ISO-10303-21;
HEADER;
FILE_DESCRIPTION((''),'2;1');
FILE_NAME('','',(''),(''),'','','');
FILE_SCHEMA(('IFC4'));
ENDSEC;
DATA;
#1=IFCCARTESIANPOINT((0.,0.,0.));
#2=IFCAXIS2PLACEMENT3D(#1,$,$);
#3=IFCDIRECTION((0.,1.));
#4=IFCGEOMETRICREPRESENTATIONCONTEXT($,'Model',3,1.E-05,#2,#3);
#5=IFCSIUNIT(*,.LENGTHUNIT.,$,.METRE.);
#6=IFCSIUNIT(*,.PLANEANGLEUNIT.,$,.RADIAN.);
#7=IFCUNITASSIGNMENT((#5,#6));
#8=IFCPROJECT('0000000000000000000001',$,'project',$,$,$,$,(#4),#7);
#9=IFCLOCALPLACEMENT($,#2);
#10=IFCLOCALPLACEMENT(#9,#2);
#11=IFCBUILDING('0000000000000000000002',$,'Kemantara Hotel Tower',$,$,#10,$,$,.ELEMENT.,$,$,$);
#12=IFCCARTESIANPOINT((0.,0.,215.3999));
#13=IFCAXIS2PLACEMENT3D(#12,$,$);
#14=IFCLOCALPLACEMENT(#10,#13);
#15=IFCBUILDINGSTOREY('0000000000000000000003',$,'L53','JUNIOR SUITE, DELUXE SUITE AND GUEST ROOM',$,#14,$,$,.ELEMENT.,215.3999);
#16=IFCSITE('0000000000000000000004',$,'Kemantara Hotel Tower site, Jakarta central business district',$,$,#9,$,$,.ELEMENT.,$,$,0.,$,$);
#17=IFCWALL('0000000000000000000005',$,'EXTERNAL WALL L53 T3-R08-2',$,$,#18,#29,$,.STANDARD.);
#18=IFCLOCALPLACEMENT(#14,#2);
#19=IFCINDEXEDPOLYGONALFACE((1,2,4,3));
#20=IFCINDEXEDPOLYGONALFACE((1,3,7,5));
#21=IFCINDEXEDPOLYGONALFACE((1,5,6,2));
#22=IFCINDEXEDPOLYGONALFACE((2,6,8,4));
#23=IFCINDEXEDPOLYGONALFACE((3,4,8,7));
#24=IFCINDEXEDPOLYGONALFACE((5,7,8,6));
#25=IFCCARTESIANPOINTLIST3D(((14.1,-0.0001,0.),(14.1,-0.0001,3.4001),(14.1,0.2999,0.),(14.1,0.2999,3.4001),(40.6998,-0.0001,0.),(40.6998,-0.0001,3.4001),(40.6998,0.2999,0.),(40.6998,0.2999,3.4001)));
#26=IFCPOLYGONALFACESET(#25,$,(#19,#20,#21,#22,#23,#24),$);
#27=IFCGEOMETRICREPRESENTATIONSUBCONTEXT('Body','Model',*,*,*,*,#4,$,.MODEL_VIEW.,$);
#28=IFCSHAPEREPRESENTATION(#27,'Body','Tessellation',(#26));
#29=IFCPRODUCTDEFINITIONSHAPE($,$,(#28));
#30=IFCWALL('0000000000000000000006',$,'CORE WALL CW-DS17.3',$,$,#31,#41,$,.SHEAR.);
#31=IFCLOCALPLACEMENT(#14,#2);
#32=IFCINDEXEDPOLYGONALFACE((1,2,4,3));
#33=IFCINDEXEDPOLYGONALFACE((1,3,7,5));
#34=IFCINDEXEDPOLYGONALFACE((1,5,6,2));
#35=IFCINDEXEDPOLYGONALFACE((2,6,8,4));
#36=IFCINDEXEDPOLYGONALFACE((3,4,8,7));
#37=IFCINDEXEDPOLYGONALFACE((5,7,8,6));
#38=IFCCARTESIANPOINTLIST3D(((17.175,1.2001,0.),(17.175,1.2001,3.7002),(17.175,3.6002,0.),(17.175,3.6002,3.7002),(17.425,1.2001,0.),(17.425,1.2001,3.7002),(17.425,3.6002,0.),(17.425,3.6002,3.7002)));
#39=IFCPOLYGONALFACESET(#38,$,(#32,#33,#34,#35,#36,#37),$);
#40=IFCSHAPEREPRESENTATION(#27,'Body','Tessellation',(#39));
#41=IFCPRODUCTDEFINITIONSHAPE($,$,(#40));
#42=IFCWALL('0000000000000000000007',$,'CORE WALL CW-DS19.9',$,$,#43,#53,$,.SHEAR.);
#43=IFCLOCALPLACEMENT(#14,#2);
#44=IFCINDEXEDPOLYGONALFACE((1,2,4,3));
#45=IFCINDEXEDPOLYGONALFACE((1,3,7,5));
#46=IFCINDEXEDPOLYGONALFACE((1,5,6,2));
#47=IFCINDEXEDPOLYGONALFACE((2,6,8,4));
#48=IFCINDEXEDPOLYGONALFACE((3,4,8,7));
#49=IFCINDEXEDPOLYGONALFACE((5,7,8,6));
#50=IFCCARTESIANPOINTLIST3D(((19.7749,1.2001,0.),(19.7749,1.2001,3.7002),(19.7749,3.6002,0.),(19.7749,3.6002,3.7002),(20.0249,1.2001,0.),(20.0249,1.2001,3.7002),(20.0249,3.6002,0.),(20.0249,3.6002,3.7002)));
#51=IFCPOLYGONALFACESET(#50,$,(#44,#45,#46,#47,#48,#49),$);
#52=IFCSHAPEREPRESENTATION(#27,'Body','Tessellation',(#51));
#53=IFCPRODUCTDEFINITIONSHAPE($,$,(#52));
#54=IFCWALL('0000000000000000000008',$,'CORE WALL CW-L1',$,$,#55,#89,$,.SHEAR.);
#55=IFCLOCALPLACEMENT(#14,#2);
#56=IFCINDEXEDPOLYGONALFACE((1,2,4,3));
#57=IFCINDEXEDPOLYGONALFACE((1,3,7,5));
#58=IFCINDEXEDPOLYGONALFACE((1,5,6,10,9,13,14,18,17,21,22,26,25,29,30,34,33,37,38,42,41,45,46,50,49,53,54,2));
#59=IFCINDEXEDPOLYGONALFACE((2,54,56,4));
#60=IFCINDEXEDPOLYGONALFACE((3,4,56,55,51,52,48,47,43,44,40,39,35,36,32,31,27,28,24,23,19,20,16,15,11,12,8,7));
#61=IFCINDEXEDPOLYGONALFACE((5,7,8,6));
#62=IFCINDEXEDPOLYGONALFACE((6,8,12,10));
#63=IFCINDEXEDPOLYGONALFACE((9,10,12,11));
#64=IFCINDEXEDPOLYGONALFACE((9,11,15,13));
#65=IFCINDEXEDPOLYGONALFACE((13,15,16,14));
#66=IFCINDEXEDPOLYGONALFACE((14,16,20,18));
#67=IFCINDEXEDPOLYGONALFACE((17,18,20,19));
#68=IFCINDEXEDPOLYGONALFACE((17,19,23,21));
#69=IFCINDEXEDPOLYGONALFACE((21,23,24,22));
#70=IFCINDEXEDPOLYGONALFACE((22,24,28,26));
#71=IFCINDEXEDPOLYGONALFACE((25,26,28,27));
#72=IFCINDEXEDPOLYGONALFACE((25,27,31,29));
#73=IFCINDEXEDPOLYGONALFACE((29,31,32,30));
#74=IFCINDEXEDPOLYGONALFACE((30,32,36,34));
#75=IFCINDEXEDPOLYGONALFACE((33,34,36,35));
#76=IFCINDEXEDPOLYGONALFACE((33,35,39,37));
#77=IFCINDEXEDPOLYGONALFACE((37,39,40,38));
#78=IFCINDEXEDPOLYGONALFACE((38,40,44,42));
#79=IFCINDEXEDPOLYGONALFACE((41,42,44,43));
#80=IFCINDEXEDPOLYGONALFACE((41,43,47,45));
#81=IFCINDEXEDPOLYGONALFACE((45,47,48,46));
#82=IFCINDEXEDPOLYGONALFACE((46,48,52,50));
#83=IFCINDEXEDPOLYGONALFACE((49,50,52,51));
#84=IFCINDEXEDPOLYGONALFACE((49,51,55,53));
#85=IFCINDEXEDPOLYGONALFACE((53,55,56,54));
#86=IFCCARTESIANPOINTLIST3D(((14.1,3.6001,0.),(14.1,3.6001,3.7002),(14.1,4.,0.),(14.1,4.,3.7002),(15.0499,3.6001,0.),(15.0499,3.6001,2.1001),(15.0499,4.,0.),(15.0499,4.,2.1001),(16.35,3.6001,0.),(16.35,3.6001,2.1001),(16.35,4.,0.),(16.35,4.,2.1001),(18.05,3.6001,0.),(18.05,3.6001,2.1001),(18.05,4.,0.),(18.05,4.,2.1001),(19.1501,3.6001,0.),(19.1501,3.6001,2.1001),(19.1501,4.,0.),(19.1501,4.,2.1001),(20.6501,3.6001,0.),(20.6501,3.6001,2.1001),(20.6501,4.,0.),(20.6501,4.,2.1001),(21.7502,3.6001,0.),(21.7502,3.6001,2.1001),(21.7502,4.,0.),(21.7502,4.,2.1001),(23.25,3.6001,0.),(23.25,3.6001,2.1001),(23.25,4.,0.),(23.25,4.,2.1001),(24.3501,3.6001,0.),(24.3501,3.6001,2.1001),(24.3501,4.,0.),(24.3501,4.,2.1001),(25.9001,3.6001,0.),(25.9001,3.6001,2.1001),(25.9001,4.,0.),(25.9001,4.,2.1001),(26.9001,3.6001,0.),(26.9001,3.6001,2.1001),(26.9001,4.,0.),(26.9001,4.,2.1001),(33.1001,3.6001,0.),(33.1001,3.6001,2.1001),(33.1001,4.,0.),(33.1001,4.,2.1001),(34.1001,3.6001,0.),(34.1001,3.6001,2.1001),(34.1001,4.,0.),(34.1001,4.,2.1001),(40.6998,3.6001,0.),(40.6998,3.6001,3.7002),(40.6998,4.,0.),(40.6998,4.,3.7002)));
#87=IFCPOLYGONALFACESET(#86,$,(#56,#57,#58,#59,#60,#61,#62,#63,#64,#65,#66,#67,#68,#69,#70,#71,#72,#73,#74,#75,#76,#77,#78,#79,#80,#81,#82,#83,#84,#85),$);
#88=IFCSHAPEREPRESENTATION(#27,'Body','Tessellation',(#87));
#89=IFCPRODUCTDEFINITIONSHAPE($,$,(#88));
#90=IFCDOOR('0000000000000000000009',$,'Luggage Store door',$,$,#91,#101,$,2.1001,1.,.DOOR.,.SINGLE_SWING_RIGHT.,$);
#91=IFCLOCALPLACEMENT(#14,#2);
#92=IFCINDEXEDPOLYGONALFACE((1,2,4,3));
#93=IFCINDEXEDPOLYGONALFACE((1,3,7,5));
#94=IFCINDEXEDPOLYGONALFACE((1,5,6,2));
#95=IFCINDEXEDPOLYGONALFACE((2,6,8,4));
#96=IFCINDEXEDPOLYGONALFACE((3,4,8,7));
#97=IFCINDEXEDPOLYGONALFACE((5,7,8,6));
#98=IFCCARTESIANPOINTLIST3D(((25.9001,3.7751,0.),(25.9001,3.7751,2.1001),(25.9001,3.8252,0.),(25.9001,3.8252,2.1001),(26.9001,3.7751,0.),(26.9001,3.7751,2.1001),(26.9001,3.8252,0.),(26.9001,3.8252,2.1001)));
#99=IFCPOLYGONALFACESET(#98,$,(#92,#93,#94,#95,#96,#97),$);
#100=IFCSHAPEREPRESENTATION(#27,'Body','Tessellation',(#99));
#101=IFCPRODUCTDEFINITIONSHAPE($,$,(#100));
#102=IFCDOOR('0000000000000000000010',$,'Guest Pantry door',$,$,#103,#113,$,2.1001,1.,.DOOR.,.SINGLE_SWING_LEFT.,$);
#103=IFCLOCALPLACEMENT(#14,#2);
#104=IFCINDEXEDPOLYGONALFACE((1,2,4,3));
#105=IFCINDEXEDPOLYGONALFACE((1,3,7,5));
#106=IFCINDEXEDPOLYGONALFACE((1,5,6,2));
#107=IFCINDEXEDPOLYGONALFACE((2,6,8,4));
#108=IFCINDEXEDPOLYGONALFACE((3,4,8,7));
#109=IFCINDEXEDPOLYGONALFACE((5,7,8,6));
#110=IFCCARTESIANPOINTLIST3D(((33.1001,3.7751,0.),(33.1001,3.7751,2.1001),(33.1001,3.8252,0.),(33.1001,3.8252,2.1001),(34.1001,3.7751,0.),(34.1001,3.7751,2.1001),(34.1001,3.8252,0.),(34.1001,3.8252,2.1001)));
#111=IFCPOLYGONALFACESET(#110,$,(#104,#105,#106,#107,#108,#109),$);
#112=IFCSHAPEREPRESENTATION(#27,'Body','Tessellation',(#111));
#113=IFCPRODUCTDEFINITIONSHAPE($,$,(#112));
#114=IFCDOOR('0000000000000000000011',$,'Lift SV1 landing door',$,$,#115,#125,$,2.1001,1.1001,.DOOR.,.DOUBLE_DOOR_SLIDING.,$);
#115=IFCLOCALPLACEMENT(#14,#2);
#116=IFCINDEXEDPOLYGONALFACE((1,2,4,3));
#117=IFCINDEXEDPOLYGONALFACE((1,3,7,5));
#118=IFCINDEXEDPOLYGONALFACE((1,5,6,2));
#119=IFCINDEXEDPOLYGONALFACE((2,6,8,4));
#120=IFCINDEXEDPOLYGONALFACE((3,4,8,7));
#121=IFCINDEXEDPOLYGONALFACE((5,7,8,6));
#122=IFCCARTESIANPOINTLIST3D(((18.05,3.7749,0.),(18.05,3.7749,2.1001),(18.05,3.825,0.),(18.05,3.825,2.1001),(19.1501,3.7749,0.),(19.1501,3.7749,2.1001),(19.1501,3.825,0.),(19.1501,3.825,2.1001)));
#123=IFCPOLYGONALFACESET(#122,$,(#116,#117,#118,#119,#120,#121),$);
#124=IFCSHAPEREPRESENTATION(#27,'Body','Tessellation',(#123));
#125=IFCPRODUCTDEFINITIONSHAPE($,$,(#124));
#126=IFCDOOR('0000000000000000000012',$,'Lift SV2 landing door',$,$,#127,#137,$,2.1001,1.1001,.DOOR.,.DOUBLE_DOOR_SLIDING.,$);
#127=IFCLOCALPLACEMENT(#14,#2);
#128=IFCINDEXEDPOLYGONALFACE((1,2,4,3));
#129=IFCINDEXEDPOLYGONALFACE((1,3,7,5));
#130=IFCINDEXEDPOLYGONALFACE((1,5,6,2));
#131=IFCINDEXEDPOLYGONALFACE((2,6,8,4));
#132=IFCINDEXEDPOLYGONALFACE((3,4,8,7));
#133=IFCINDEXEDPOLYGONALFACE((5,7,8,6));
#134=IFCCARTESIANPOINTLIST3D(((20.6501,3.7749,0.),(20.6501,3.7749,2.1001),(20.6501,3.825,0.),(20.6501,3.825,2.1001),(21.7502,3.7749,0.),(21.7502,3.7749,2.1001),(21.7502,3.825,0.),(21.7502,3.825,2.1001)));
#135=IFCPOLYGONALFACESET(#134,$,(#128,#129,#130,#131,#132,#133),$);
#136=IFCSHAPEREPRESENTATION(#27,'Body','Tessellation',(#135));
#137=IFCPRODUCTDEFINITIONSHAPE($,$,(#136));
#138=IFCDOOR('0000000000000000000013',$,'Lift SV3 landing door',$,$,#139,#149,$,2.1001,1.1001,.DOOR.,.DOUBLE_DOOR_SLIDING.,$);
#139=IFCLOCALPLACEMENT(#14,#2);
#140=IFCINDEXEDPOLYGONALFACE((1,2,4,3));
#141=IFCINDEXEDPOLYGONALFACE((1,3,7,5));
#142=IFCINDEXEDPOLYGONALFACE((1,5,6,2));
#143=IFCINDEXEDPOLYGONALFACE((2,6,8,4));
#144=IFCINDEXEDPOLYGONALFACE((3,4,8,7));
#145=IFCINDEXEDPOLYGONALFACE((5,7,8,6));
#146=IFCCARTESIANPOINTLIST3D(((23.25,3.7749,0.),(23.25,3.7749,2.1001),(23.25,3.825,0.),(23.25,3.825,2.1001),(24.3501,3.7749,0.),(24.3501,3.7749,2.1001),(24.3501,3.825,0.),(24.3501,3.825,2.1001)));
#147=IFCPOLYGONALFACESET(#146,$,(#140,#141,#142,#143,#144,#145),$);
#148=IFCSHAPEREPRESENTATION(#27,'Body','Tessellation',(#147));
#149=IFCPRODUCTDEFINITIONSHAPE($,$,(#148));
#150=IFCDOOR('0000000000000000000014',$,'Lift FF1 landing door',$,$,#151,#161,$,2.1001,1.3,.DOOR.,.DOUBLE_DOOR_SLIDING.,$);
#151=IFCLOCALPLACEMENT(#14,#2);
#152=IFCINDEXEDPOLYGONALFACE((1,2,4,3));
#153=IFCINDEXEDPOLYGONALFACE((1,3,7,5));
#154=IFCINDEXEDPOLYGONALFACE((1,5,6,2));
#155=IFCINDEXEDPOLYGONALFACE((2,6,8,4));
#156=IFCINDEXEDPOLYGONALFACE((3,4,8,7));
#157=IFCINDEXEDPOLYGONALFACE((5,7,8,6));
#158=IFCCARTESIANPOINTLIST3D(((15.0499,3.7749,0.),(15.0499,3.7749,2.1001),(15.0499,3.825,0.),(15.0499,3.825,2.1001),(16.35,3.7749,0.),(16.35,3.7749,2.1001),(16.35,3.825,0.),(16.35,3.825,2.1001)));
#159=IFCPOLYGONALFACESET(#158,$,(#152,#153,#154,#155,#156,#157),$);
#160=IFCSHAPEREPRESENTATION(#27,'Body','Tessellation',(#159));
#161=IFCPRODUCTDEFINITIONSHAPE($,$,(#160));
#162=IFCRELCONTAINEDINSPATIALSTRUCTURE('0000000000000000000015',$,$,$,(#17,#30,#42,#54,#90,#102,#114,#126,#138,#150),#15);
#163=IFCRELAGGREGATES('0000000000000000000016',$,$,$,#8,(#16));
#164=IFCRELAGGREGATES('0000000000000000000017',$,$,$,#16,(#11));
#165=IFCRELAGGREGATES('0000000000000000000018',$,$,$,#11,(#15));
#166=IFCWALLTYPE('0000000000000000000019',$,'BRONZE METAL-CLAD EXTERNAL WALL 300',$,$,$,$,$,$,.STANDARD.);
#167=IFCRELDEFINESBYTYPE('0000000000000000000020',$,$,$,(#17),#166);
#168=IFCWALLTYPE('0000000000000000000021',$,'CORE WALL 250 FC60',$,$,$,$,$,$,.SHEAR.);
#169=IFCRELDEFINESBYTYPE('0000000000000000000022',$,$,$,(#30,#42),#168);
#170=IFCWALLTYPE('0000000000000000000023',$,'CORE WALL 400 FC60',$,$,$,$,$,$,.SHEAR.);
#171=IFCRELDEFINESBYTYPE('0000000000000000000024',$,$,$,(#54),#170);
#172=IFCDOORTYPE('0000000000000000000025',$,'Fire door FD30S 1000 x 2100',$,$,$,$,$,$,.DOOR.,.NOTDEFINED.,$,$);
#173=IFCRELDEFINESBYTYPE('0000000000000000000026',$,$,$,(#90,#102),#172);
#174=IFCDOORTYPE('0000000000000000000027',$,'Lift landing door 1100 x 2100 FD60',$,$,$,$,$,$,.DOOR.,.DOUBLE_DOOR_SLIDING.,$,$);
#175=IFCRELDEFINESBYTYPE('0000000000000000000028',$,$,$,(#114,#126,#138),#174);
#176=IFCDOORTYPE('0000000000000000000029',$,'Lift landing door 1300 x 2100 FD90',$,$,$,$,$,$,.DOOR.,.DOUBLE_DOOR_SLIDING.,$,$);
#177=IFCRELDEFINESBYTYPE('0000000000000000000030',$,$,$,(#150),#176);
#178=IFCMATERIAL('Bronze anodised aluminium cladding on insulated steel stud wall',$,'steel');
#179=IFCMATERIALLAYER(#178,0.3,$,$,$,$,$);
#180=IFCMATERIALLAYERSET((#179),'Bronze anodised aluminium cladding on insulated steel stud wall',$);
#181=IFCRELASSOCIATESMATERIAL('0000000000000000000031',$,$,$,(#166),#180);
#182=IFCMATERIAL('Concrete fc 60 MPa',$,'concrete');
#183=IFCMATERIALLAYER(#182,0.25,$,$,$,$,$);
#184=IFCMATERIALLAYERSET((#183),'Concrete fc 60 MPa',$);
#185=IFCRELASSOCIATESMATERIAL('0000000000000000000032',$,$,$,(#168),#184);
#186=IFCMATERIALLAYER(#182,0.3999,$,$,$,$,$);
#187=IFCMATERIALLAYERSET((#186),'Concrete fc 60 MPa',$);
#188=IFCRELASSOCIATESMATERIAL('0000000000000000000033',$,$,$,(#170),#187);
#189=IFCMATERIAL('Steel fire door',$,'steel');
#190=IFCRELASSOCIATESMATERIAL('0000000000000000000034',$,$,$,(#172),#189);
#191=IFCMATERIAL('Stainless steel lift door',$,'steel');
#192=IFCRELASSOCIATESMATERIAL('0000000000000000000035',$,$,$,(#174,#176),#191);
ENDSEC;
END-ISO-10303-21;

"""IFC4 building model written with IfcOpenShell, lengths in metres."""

from ifc_helpers import new_model, si_unit, direction, frame, frame_2d, origin, place, context, subcontext, project, spatial, rectangle, extrude, material, layer, layer_set, type_object, element, fill, save


model = new_model("IFC4")

# Units and contexts
model_context = context("Model", 3, precision=1e-05, world=origin(), true_north=direction((0.0, 1.0)))
body_context = subcontext(model_context, "Body", "Model", "MODEL_VIEW")
ifc_project = project(units=[si_unit("LENGTHUNIT", "METRE"), si_unit("PLANEANGLEUNIT", "RADIAN")], contexts=[model_context])

# Site, building, storey
site_placement = place(None, origin())
site = spatial("IfcSite", under=ifc_project, at=site_placement, Name="Kemantara Hotel Tower site, Jakarta central business district", CompositionType="ELEMENT", RefElevation=0.0)
building_placement = place(site_placement, origin())
building = spatial("IfcBuilding", under=site, at=building_placement, Name="Kemantara Hotel Tower", CompositionType="ELEMENT")
storey_placement = place(building_placement, frame((0.0, 0.0, 215.3999)))
storey = spatial("IfcBuildingStorey", under=building, at=storey_placement, Name="L53", Description="JUNIOR SUITE, DELUXE SUITE AND GUEST ROOM", CompositionType="ELEMENT", Elevation=215.3999)

# Walls
ifc_material_1 = material(Name="Bronze anodised aluminium cladding on insulated steel stud wall", Category="steel")
ifc_layer_1 = layer(ifc_material_1, 0.3)
ifc_layer_set_1 = layer_set([ifc_layer_1], Name="Bronze anodised aluminium cladding on insulated steel stud wall")
wall_type_1 = type_object("IfcWallType", Name="BRONZE METAL-CLAD EXTERNAL WALL 300", PredefinedType="STANDARD", material=ifc_layer_set_1)
wall_1_placement = place(storey_placement, frame((14.1001, 0.1499, 0.0), z_axis=(0.0, 0.0, 1.0), x_axis=(1.0, 0.0, 0.0)))
element("IfcWall", 1, at=wall_1_placement, inside=storey, type_object=wall_type_1, Name="EXTERNAL WALL L53 T3-R08-2", PredefinedType="STANDARD", context=body_context, shape_type="SweptSolid", body=[
    extrude(rectangle(XDim=26.5999, YDim=0.3, at=frame_2d((13.2998, 0.0))), origin(), (0.0, 0.0, 1.0), 3.4001),
])
ifc_material_2 = material(Name="Concrete fc 60 MPa", Category="concrete")
ifc_layer_2 = layer(ifc_material_2, 0.25)
ifc_layer_set_2 = layer_set([ifc_layer_2], Name="Concrete fc 60 MPa")
wall_type_2 = type_object("IfcWallType", Name="CORE WALL 250 FC60", PredefinedType="SHEAR", material=ifc_layer_set_2)
for number, where, z_axis, x_axis, name in (
    (2, (17.3, 1.2, 0.0), (0.0, 0.0, 1.0), (0.0, 1.0, 0.0), "CORE WALL CW-DS17.3"),
    (3, (19.8999, 1.2, 0.0), (0.0, 0.0, 1.0), (0.0, 1.0, 0.0), "CORE WALL CW-DS19.9"),
):
    element("IfcWall", number, at=place(storey_placement, frame(where, z_axis=z_axis, x_axis=x_axis)), inside=storey, type_object=wall_type_2, Name=name, PredefinedType="SHEAR", context=body_context, shape_type="SweptSolid", body=[
        extrude(rectangle(XDim=2.4001, YDim=0.25, at=frame_2d((1.2002, 0.0))), origin(), (0.0, 0.0, 1.0), 3.7002),
    ])

# Wall, openings, doors
ifc_layer_3 = layer(ifc_material_2, 0.3999)
ifc_layer_set_3 = layer_set([ifc_layer_3], Name="Concrete fc 60 MPa")
wall_type_3 = type_object("IfcWallType", Name="CORE WALL 400 FC60", PredefinedType="SHEAR", material=ifc_layer_set_3)
wall_2_placement = place(storey_placement, frame((14.1001, 3.8, 0.0), z_axis=(0.0, 0.0, 1.0), x_axis=(1.0, 0.0, 0.0)))
wall_2 = element("IfcWall", 4, at=wall_2_placement, inside=storey, type_object=wall_type_3, Name="CORE WALL CW-L1", PredefinedType="SHEAR", context=body_context, shape_type="SweptSolid", body=[
    extrude(rectangle(XDim=26.5999, YDim=0.3999, at=frame_2d((13.2998, 0.0))), origin(), (0.0, 0.0, 1.0), 3.7002),
])
opening_1_placement = place(wall_2_placement, frame((0.95, 0.0, 0.0)))
opening_1 = element("IfcOpeningElement", 5, at=opening_1_placement, cuts=wall_2, PredefinedType="OPENING", context=body_context, shape_type="SweptSolid", body=[
    extrude(rectangle(XDim=1.3, YDim=2.1001, at=frame_2d((0.6499, 1.05))), frame((0.0, 0.21, 0.0), z_axis=(0.0, -1.0, 0.0), x_axis=(1.0, 0.0, 0.0)), (0.0, 0.0, 1.0), 0.4199),
])
opening_2_placement = place(wall_2_placement, frame((3.95, 0.0, 0.0)))
opening_2 = element("IfcOpeningElement", 6, at=opening_2_placement, cuts=wall_2, PredefinedType="OPENING", context=body_context, shape_type="SweptSolid", body=[
    extrude(rectangle(XDim=1.1001, YDim=2.1001, at=frame_2d((0.55, 1.05))), frame((0.0, 0.21, 0.0), z_axis=(0.0, -1.0, 0.0), x_axis=(1.0, 0.0, 0.0)), (0.0, 0.0, 1.0), 0.4199),
])
opening_3_placement = place(wall_2_placement, frame((6.55, 0.0, 0.0)))
opening_3 = element("IfcOpeningElement", 7, at=opening_3_placement, cuts=wall_2, PredefinedType="OPENING", context=body_context, shape_type="SweptSolid", body=[
    extrude(rectangle(XDim=1.1001, YDim=2.1001, at=frame_2d((0.55, 1.05))), frame((0.0, 0.21, 0.0), z_axis=(0.0, -1.0, 0.0), x_axis=(1.0, 0.0, 0.0)), (0.0, 0.0, 1.0), 0.4199),
])
opening_4_placement = place(wall_2_placement, frame((9.1499, 0.0, 0.0)))
opening_4 = element("IfcOpeningElement", 8, at=opening_4_placement, cuts=wall_2, PredefinedType="OPENING", context=body_context, shape_type="SweptSolid", body=[
    extrude(rectangle(XDim=1.1001, YDim=2.1001, at=frame_2d((0.55, 1.05))), frame((0.0, 0.21, 0.0), z_axis=(0.0, -1.0, 0.0), x_axis=(1.0, 0.0, 0.0)), (0.0, 0.0, 1.0), 0.4199),
])
opening_5_placement = place(wall_2_placement, frame((11.8, 0.0, 0.0)))
opening_5 = element("IfcOpeningElement", 9, at=opening_5_placement, cuts=wall_2, PredefinedType="OPENING", context=body_context, shape_type="SweptSolid", body=[
    extrude(rectangle(XDim=1.0, YDim=2.1001, at=frame_2d((0.5, 1.05))), frame((0.0, 0.21, 0.0), z_axis=(0.0, -1.0, 0.0), x_axis=(1.0, 0.0, 0.0)), (0.0, 0.0, 1.0), 0.4199),
])
opening_6_placement = place(wall_2_placement, frame((19.0, 0.0, 0.0)))
opening_6 = element("IfcOpeningElement", 10, at=opening_6_placement, cuts=wall_2, PredefinedType="OPENING", context=body_context, shape_type="SweptSolid", body=[
    extrude(rectangle(XDim=1.0, YDim=2.1001, at=frame_2d((0.5, 1.05))), frame((0.0, 0.21, 0.0), z_axis=(0.0, -1.0, 0.0), x_axis=(1.0, 0.0, 0.0)), (0.0, 0.0, 1.0), 0.4199),
])
ifc_material_3 = material(Name="Steel fire door", Category="steel")
door_type_1 = type_object("IfcDoorType", Name="Fire door FD30S 1000 x 2100", OperationType="NOTDEFINED", PredefinedType="DOOR", material=ifc_material_3)
door_1_placement = place(opening_5_placement, frame((1.0, 0.0, 0.0), z_axis=(0.0, 0.0, 1.0), x_axis=(-1.0, 0.0, 0.0)))
door_1 = element("IfcDoor", 11, at=door_1_placement, inside=storey, type_object=door_type_1, Name="Luggage Store door", OperationType="SINGLE_SWING_RIGHT", OverallHeight=2.1001, OverallWidth=1.0, PredefinedType="DOOR", context=body_context, shape_type="SweptSolid", body=[
    extrude(rectangle(XDim=1.0, YDim=2.1001, at=frame_2d((0.5, 1.05))), frame((0.0, 0.0249, 0.0), z_axis=(0.0, -1.0, 0.0), x_axis=(1.0, 0.0, 0.0)), (0.0, 0.0, 1.0), 0.05),
])
fill(opening_5, door_1)
door_2_placement = place(opening_6_placement, frame((1.0, 0.0, 0.0), z_axis=(0.0, 0.0, 1.0), x_axis=(-1.0, 0.0, 0.0)))
door_2 = element("IfcDoor", 12, at=door_2_placement, inside=storey, type_object=door_type_1, Name="Guest Pantry door", OperationType="SINGLE_SWING_LEFT", OverallHeight=2.1001, OverallWidth=1.0, PredefinedType="DOOR", context=body_context, shape_type="SweptSolid", body=[
    extrude(rectangle(XDim=1.0, YDim=2.1001, at=frame_2d((0.5, 1.05))), frame((0.0, 0.0249, 0.0), z_axis=(0.0, -1.0, 0.0), x_axis=(1.0, 0.0, 0.0)), (0.0, 0.0, 1.0), 0.05),
])
fill(opening_6, door_2)
ifc_material_4 = material(Name="Stainless steel lift door", Category="steel")
door_type_2 = type_object("IfcDoorType", Name="Lift landing door 1100 x 2100 FD60", OperationType="DOUBLE_DOOR_SLIDING", PredefinedType="DOOR", material=ifc_material_4)
door_3_placement = place(opening_2_placement, origin())
door_3 = element("IfcDoor", 13, at=door_3_placement, inside=storey, type_object=door_type_2, Name="Lift SV1 landing door", OperationType="DOUBLE_DOOR_SLIDING", OverallHeight=2.1001, OverallWidth=1.1001, PredefinedType="DOOR", context=body_context, shape_type="SweptSolid", body=[
    extrude(rectangle(XDim=1.1001, YDim=2.1001, at=frame_2d((0.55, 1.05))), frame((0.0, 0.0249, 0.0), z_axis=(0.0, -1.0, 0.0), x_axis=(1.0, 0.0, 0.0)), (0.0, 0.0, 1.0), 0.05),
])
fill(opening_2, door_3)
door_4_placement = place(opening_3_placement, origin())
door_4 = element("IfcDoor", 14, at=door_4_placement, inside=storey, type_object=door_type_2, Name="Lift SV2 landing door", OperationType="DOUBLE_DOOR_SLIDING", OverallHeight=2.1001, OverallWidth=1.1001, PredefinedType="DOOR", context=body_context, shape_type="SweptSolid", body=[
    extrude(rectangle(XDim=1.1001, YDim=2.1001, at=frame_2d((0.55, 1.05))), frame((0.0, 0.0249, 0.0), z_axis=(0.0, -1.0, 0.0), x_axis=(1.0, 0.0, 0.0)), (0.0, 0.0, 1.0), 0.05),
])
fill(opening_3, door_4)
door_5_placement = place(opening_4_placement, origin())
door_5 = element("IfcDoor", 15, at=door_5_placement, inside=storey, type_object=door_type_2, Name="Lift SV3 landing door", OperationType="DOUBLE_DOOR_SLIDING", OverallHeight=2.1001, OverallWidth=1.1001, PredefinedType="DOOR", context=body_context, shape_type="SweptSolid", body=[
    extrude(rectangle(XDim=1.1001, YDim=2.1001, at=frame_2d((0.55, 1.05))), frame((0.0, 0.0249, 0.0), z_axis=(0.0, -1.0, 0.0), x_axis=(1.0, 0.0, 0.0)), (0.0, 0.0, 1.0), 0.05),
])
fill(opening_4, door_5)
door_type_3 = type_object("IfcDoorType", Name="Lift landing door 1300 x 2100 FD90", OperationType="DOUBLE_DOOR_SLIDING", PredefinedType="DOOR", material=ifc_material_4)
door_6_placement = place(opening_1_placement, origin())
door_6 = element("IfcDoor", 16, at=door_6_placement, inside=storey, type_object=door_type_3, Name="Lift FF1 landing door", OperationType="DOUBLE_DOOR_SLIDING", OverallHeight=2.1001, OverallWidth=1.3, PredefinedType="DOOR", context=body_context, shape_type="SweptSolid", body=[
    extrude(rectangle(XDim=1.3, YDim=2.1001, at=frame_2d((0.6499, 1.05))), frame((0.0, 0.0249, 0.0), z_axis=(0.0, -1.0, 0.0), x_axis=(1.0, 0.0, 0.0)), (0.0, 0.0, 1.0), 0.05),
])
fill(opening_1, door_6)

save(model, "model.ifc")
